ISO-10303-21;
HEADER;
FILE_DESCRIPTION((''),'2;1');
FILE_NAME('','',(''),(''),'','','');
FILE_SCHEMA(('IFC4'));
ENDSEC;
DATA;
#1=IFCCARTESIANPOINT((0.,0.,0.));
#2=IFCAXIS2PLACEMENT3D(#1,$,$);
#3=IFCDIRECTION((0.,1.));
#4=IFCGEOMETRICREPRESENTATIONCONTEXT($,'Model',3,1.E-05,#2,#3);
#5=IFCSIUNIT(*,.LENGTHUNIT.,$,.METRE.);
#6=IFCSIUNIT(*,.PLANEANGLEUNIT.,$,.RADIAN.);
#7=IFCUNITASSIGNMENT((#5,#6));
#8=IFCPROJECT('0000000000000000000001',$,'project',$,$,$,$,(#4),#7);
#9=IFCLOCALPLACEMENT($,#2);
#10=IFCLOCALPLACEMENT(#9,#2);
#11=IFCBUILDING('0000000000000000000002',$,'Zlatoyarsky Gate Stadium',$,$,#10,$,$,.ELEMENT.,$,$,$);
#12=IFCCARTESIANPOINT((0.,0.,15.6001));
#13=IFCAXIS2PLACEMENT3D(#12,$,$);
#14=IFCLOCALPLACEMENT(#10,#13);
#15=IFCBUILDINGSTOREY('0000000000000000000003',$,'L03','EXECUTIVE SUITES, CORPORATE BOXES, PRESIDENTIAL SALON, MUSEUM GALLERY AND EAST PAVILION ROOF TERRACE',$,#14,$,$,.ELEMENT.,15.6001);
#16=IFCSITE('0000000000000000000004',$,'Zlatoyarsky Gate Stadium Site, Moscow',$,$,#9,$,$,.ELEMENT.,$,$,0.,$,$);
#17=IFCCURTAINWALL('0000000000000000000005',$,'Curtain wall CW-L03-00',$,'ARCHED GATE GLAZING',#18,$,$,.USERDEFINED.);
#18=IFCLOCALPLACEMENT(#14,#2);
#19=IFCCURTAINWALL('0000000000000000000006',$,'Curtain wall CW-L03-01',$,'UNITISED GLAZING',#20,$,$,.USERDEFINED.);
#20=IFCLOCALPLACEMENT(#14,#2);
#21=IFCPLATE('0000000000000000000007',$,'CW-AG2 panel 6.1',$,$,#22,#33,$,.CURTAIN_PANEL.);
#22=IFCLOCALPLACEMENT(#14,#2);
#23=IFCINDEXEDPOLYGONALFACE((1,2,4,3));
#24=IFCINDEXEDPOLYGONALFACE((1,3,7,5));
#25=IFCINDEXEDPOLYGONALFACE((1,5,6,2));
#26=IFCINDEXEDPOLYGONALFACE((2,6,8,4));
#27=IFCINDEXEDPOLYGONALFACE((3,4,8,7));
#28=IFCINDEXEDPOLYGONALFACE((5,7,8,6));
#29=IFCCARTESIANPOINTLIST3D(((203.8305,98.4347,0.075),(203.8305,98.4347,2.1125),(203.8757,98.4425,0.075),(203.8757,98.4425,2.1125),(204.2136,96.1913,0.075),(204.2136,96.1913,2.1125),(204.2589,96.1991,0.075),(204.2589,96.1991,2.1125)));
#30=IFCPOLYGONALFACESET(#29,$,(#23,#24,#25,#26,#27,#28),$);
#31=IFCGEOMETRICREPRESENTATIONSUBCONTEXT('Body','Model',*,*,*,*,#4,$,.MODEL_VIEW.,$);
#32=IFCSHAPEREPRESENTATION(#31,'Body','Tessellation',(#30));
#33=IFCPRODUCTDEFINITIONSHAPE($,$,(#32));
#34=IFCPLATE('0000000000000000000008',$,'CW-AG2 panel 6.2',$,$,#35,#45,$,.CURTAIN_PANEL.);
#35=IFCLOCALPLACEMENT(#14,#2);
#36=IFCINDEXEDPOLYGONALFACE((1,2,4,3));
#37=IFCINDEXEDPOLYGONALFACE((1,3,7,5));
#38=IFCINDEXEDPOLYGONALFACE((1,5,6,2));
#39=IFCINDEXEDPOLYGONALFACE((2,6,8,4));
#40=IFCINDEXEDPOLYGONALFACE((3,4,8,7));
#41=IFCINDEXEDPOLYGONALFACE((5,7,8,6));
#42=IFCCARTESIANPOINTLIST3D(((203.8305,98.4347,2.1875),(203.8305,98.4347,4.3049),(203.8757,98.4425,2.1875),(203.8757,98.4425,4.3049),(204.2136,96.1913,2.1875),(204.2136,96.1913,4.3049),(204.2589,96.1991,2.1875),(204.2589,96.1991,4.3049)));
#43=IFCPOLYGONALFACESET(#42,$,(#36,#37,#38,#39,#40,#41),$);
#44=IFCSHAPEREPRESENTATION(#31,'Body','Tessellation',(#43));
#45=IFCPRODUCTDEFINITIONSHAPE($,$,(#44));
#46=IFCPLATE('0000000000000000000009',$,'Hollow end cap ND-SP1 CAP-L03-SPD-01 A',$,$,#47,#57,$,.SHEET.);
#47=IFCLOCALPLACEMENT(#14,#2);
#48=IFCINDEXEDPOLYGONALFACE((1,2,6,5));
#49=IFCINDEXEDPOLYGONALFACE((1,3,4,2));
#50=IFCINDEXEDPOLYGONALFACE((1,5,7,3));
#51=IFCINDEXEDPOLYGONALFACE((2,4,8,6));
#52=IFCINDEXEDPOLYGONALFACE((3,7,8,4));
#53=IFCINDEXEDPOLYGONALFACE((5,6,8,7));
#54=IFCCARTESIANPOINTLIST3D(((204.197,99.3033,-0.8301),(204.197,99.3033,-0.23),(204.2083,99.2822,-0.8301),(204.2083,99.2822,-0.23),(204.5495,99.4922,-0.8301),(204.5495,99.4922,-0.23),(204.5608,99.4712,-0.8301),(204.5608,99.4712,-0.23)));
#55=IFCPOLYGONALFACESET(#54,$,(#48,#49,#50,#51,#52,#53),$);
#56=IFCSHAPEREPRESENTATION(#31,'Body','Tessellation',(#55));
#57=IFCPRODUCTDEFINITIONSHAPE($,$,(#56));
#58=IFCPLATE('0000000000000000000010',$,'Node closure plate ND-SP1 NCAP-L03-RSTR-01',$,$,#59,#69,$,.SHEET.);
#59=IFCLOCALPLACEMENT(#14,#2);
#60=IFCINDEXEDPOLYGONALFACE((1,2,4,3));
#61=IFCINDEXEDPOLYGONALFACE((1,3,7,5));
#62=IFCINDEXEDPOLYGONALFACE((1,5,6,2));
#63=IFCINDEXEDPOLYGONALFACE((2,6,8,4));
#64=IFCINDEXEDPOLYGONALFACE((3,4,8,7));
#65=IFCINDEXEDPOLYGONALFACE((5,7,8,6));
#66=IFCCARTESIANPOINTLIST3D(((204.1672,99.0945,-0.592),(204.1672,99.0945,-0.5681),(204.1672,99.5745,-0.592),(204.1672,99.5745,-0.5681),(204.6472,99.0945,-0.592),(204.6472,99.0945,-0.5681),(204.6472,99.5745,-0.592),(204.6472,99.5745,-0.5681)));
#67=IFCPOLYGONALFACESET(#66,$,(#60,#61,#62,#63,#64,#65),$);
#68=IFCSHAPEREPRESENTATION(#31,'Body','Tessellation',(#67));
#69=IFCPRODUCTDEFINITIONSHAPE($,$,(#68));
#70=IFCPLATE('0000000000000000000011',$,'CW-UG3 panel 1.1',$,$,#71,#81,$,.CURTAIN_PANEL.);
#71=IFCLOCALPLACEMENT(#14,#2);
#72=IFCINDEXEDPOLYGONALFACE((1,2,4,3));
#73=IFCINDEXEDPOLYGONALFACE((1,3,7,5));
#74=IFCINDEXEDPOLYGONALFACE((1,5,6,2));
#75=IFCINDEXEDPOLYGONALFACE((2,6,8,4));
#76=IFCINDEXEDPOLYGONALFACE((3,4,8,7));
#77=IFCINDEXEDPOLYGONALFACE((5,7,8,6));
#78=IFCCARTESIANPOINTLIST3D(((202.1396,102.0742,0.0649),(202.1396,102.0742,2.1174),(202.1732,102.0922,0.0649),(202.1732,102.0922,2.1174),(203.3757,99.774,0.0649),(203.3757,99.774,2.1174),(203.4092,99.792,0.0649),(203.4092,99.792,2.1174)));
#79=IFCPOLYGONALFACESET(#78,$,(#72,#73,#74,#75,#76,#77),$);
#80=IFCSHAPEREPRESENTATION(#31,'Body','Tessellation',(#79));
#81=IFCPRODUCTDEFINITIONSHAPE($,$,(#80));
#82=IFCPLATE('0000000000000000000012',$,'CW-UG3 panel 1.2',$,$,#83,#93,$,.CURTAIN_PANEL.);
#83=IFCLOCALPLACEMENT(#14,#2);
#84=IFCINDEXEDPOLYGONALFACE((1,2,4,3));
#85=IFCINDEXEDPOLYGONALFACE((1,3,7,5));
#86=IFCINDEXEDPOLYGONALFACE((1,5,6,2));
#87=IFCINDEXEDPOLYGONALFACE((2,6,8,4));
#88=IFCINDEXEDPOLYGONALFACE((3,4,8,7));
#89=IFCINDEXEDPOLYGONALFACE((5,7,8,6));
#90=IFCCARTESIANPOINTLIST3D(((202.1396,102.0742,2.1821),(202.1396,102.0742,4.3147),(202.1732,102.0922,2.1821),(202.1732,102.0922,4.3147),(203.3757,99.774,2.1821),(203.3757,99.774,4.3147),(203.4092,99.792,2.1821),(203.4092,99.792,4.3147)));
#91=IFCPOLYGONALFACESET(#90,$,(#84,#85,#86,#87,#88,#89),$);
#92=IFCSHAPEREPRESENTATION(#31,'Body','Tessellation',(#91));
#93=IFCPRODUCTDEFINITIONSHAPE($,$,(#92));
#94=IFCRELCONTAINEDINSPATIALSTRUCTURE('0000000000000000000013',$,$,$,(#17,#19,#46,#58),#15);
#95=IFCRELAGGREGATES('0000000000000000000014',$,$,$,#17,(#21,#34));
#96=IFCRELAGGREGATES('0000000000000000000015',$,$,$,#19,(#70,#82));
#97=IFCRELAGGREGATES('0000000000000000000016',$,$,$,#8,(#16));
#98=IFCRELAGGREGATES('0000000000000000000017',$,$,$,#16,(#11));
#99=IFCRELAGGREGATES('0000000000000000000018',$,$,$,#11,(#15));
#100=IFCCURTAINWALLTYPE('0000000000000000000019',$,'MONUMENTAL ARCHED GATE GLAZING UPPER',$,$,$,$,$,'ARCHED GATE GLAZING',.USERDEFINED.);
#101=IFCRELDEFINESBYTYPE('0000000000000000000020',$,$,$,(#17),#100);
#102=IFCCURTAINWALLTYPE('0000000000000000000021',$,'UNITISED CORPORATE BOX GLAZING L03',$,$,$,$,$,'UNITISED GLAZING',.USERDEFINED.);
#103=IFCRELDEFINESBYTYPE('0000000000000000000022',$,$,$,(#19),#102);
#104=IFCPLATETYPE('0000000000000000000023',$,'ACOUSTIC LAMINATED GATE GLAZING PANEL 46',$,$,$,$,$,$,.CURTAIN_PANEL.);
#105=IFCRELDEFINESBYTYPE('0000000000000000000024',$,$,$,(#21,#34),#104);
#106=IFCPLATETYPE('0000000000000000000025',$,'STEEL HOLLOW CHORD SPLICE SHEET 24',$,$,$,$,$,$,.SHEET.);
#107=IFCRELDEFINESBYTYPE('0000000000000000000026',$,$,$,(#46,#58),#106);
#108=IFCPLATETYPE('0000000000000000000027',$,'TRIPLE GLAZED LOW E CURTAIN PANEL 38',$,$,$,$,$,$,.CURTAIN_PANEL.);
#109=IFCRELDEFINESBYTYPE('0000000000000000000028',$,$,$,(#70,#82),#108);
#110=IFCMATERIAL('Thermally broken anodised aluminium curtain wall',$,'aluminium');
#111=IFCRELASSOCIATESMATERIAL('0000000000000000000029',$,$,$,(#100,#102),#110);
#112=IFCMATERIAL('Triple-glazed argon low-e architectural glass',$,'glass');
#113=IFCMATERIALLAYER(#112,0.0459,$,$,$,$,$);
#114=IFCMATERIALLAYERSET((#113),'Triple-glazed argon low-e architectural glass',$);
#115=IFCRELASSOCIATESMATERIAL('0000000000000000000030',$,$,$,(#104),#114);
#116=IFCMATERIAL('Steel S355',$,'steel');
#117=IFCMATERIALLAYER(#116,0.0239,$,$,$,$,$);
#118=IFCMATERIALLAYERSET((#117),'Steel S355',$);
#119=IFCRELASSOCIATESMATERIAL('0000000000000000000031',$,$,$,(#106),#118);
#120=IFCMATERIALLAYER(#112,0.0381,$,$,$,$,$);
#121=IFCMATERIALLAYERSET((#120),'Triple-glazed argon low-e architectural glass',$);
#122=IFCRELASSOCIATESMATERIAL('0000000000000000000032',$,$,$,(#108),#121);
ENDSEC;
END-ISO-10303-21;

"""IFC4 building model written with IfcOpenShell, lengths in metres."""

from ifc_helpers import new_model, si_unit, direction, frame, origin, origin_2d, place, context, subcontext, project, spatial, rectangle, extrude, material, layer, layer_set, type_object, element, aggregate, save


model = new_model("IFC4")

# Units and contexts
model_context = context("Model", 3, precision=1e-05, world=origin(), true_north=direction((0.0, 1.0)))
body_context = subcontext(model_context, "Body", "Model", "MODEL_VIEW")
ifc_project = project(units=[si_unit("LENGTHUNIT", "METRE"), si_unit("PLANEANGLEUNIT", "RADIAN")], contexts=[model_context])

# Site, building, storey
site_placement = place(None, origin())
site = spatial("IfcSite", under=ifc_project, at=site_placement, Name="Zlatoyarsky Gate Stadium Site, Moscow", CompositionType="ELEMENT", RefElevation=0.0)
building_placement = place(site_placement, origin())
building = spatial("IfcBuilding", under=site, at=building_placement, Name="Zlatoyarsky Gate Stadium", CompositionType="ELEMENT")
storey_placement = place(building_placement, frame((0.0, 0.0, 15.6001)))
storey = spatial("IfcBuildingStorey", under=building, at=storey_placement, Name="L03", Description="EXECUTIVE SUITES, CORPORATE BOXES, PRESIDENTIAL SALON, MUSEUM GALLERY AND EAST PAVILION ROOF TERRACE", CompositionType="ELEMENT", Elevation=15.6001)

# Shared definitions
ifc_material_1 = material(Name="Steel S355", Category="steel")

# Curtain walls
ifc_material_2 = material(Name="Thermally broken anodised aluminium curtain wall", Category="aluminium")
curtain_wall_type_1 = type_object("IfcCurtainWallType", Name="MONUMENTAL ARCHED GATE GLAZING UPPER", ElementType="ARCHED GATE GLAZING", PredefinedType="USERDEFINED", material=ifc_material_2)
curtain_wall_1_placement = place(storey_placement, origin())
curtain_wall_1 = element("IfcCurtainWall", 1, at=curtain_wall_1_placement, inside=storey, type_object=curtain_wall_type_1, Name="Curtain wall CW-L03-00", ObjectType="ARCHED GATE GLAZING", PredefinedType="USERDEFINED")
curtain_wall_type_2 = type_object("IfcCurtainWallType", Name="UNITISED CORPORATE BOX GLAZING L03", ElementType="UNITISED GLAZING", PredefinedType="USERDEFINED", material=ifc_material_2)
curtain_wall_2_placement = place(storey_placement, origin())
curtain_wall_2 = element("IfcCurtainWall", 2, at=curtain_wall_2_placement, inside=storey, type_object=curtain_wall_type_2, Name="Curtain wall CW-L03-01", ObjectType="UNITISED GLAZING", PredefinedType="USERDEFINED")

# Plates
ifc_material_3 = material(Name="Triple-glazed argon low-e architectural glass", Category="glass")
ifc_layer_1 = layer(ifc_material_3, 0.0459)
ifc_layer_set_1 = layer_set([ifc_layer_1], Name="Triple-glazed argon low-e architectural glass")
plate_type_1 = type_object("IfcPlateType", Name="ACOUSTIC LAMINATED GATE GLAZING PANEL 46", PredefinedType="CURTAIN_PANEL", material=ifc_layer_set_1)
plate_1_placement = place(storey_placement, frame((204.0447, 97.3169, 0.075), z_axis=(0.0, 0.0, 1.0), x_axis=(-0.168354, 0.985727, 0.0)))
plate_1 = element("IfcPlate", 3, at=plate_1_placement, type_object=plate_type_1, Name="CW-AG2 panel 6.1", PredefinedType="CURTAIN_PANEL", context=body_context, shape_type="SweptSolid", body=[
    extrude(rectangle(XDim=2.2759, YDim=0.0459, at=origin_2d()), origin(), (0.0, 0.0, 1.0), 2.0376),
])
plate_2_placement = place(storey_placement, frame((204.0447, 97.3169, 2.1875), z_axis=(0.0, 0.0, 1.0), x_axis=(-0.168354, 0.985727, 0.0)))
plate_2 = element("IfcPlate", 4, at=plate_2_placement, type_object=plate_type_1, Name="CW-AG2 panel 6.2", PredefinedType="CURTAIN_PANEL", context=body_context, shape_type="SweptSolid", body=[
    extrude(rectangle(XDim=2.2759, YDim=0.0459, at=origin_2d()), origin(), (0.0, 0.0, 1.0), 2.1174),
])
aggregate(curtain_wall_1, [plate_1, plate_2])

# Plates
ifc_layer_2 = layer(ifc_material_1, 0.0239)
ifc_layer_set_2 = layer_set([ifc_layer_2], Name="Steel S355")
plate_type_2 = type_object("IfcPlateType", Name="STEEL HOLLOW CHORD SPLICE SHEET 24", PredefinedType="SHEET", material=ifc_layer_set_2)
plate_3_placement = place(storey_placement, frame((204.3789, 99.3872, -0.8301), z_axis=(0.0, 0.0, 1.0), x_axis=(-0.472556, 0.881301, 0.0)))
element("IfcPlate", 5, at=plate_3_placement, inside=storey, type_object=plate_type_2, Name="Hollow end cap ND-SP1 CAP-L03-SPD-01 A", PredefinedType="SHEET", context=body_context, shape_type="SweptSolid", body=[
    extrude(rectangle(XDim=0.0239, YDim=0.3999, at=origin_2d()), origin(), (0.0, 0.0, 1.0), 0.6001),
])
plate_4_placement = place(storey_placement, frame((204.4072, 99.3345, -0.592), z_axis=(0.0, 0.0, 1.0), x_axis=(1.0, 0.0, 0.0)))
element("IfcPlate", 6, at=plate_4_placement, inside=storey, type_object=plate_type_2, Name="Node closure plate ND-SP1 NCAP-L03-RSTR-01", PredefinedType="SHEET", context=body_context, shape_type="SweptSolid", body=[
    extrude(rectangle(XDim=0.48, YDim=0.48, at=origin_2d()), origin(), (0.0, 0.0, 1.0), 0.0239),
])

# Plates
ifc_layer_3 = layer(ifc_material_3, 0.0381)
ifc_layer_set_3 = layer_set([ifc_layer_3], Name="Triple-glazed argon low-e architectural glass")
plate_type_3 = type_object("IfcPlateType", Name="TRIPLE GLAZED LOW E CURTAIN PANEL 38", PredefinedType="CURTAIN_PANEL", material=ifc_layer_set_3)
plate_5_placement = place(storey_placement, frame((202.7744, 100.9331, 0.0649), z_axis=(0.0, 0.0, 1.0), x_axis=(-0.473345, 0.880877, 0.0)))
plate_5 = element("IfcPlate", 7, at=plate_5_placement, type_object=plate_type_3, Name="CW-UG3 panel 1.1", PredefinedType="CURTAIN_PANEL", context=body_context, shape_type="SweptSolid", body=[
    extrude(rectangle(XDim=2.6113, YDim=0.0381, at=origin_2d()), origin(), (0.0, 0.0, 1.0), 2.0525),
])
plate_6_placement = place(storey_placement, frame((202.7744, 100.9331, 2.1821), z_axis=(0.0, 0.0, 1.0), x_axis=(-0.473345, 0.880877, 0.0)))
plate_6 = element("IfcPlate", 8, at=plate_6_placement, type_object=plate_type_3, Name="CW-UG3 panel 1.2", PredefinedType="CURTAIN_PANEL", context=body_context, shape_type="SweptSolid", body=[
    extrude(rectangle(XDim=2.6113, YDim=0.0381, at=origin_2d()), origin(), (0.0, 0.0, 1.0), 2.1326),
])
aggregate(curtain_wall_2, [plate_5, plate_6])

save(model, "model.ifc")
